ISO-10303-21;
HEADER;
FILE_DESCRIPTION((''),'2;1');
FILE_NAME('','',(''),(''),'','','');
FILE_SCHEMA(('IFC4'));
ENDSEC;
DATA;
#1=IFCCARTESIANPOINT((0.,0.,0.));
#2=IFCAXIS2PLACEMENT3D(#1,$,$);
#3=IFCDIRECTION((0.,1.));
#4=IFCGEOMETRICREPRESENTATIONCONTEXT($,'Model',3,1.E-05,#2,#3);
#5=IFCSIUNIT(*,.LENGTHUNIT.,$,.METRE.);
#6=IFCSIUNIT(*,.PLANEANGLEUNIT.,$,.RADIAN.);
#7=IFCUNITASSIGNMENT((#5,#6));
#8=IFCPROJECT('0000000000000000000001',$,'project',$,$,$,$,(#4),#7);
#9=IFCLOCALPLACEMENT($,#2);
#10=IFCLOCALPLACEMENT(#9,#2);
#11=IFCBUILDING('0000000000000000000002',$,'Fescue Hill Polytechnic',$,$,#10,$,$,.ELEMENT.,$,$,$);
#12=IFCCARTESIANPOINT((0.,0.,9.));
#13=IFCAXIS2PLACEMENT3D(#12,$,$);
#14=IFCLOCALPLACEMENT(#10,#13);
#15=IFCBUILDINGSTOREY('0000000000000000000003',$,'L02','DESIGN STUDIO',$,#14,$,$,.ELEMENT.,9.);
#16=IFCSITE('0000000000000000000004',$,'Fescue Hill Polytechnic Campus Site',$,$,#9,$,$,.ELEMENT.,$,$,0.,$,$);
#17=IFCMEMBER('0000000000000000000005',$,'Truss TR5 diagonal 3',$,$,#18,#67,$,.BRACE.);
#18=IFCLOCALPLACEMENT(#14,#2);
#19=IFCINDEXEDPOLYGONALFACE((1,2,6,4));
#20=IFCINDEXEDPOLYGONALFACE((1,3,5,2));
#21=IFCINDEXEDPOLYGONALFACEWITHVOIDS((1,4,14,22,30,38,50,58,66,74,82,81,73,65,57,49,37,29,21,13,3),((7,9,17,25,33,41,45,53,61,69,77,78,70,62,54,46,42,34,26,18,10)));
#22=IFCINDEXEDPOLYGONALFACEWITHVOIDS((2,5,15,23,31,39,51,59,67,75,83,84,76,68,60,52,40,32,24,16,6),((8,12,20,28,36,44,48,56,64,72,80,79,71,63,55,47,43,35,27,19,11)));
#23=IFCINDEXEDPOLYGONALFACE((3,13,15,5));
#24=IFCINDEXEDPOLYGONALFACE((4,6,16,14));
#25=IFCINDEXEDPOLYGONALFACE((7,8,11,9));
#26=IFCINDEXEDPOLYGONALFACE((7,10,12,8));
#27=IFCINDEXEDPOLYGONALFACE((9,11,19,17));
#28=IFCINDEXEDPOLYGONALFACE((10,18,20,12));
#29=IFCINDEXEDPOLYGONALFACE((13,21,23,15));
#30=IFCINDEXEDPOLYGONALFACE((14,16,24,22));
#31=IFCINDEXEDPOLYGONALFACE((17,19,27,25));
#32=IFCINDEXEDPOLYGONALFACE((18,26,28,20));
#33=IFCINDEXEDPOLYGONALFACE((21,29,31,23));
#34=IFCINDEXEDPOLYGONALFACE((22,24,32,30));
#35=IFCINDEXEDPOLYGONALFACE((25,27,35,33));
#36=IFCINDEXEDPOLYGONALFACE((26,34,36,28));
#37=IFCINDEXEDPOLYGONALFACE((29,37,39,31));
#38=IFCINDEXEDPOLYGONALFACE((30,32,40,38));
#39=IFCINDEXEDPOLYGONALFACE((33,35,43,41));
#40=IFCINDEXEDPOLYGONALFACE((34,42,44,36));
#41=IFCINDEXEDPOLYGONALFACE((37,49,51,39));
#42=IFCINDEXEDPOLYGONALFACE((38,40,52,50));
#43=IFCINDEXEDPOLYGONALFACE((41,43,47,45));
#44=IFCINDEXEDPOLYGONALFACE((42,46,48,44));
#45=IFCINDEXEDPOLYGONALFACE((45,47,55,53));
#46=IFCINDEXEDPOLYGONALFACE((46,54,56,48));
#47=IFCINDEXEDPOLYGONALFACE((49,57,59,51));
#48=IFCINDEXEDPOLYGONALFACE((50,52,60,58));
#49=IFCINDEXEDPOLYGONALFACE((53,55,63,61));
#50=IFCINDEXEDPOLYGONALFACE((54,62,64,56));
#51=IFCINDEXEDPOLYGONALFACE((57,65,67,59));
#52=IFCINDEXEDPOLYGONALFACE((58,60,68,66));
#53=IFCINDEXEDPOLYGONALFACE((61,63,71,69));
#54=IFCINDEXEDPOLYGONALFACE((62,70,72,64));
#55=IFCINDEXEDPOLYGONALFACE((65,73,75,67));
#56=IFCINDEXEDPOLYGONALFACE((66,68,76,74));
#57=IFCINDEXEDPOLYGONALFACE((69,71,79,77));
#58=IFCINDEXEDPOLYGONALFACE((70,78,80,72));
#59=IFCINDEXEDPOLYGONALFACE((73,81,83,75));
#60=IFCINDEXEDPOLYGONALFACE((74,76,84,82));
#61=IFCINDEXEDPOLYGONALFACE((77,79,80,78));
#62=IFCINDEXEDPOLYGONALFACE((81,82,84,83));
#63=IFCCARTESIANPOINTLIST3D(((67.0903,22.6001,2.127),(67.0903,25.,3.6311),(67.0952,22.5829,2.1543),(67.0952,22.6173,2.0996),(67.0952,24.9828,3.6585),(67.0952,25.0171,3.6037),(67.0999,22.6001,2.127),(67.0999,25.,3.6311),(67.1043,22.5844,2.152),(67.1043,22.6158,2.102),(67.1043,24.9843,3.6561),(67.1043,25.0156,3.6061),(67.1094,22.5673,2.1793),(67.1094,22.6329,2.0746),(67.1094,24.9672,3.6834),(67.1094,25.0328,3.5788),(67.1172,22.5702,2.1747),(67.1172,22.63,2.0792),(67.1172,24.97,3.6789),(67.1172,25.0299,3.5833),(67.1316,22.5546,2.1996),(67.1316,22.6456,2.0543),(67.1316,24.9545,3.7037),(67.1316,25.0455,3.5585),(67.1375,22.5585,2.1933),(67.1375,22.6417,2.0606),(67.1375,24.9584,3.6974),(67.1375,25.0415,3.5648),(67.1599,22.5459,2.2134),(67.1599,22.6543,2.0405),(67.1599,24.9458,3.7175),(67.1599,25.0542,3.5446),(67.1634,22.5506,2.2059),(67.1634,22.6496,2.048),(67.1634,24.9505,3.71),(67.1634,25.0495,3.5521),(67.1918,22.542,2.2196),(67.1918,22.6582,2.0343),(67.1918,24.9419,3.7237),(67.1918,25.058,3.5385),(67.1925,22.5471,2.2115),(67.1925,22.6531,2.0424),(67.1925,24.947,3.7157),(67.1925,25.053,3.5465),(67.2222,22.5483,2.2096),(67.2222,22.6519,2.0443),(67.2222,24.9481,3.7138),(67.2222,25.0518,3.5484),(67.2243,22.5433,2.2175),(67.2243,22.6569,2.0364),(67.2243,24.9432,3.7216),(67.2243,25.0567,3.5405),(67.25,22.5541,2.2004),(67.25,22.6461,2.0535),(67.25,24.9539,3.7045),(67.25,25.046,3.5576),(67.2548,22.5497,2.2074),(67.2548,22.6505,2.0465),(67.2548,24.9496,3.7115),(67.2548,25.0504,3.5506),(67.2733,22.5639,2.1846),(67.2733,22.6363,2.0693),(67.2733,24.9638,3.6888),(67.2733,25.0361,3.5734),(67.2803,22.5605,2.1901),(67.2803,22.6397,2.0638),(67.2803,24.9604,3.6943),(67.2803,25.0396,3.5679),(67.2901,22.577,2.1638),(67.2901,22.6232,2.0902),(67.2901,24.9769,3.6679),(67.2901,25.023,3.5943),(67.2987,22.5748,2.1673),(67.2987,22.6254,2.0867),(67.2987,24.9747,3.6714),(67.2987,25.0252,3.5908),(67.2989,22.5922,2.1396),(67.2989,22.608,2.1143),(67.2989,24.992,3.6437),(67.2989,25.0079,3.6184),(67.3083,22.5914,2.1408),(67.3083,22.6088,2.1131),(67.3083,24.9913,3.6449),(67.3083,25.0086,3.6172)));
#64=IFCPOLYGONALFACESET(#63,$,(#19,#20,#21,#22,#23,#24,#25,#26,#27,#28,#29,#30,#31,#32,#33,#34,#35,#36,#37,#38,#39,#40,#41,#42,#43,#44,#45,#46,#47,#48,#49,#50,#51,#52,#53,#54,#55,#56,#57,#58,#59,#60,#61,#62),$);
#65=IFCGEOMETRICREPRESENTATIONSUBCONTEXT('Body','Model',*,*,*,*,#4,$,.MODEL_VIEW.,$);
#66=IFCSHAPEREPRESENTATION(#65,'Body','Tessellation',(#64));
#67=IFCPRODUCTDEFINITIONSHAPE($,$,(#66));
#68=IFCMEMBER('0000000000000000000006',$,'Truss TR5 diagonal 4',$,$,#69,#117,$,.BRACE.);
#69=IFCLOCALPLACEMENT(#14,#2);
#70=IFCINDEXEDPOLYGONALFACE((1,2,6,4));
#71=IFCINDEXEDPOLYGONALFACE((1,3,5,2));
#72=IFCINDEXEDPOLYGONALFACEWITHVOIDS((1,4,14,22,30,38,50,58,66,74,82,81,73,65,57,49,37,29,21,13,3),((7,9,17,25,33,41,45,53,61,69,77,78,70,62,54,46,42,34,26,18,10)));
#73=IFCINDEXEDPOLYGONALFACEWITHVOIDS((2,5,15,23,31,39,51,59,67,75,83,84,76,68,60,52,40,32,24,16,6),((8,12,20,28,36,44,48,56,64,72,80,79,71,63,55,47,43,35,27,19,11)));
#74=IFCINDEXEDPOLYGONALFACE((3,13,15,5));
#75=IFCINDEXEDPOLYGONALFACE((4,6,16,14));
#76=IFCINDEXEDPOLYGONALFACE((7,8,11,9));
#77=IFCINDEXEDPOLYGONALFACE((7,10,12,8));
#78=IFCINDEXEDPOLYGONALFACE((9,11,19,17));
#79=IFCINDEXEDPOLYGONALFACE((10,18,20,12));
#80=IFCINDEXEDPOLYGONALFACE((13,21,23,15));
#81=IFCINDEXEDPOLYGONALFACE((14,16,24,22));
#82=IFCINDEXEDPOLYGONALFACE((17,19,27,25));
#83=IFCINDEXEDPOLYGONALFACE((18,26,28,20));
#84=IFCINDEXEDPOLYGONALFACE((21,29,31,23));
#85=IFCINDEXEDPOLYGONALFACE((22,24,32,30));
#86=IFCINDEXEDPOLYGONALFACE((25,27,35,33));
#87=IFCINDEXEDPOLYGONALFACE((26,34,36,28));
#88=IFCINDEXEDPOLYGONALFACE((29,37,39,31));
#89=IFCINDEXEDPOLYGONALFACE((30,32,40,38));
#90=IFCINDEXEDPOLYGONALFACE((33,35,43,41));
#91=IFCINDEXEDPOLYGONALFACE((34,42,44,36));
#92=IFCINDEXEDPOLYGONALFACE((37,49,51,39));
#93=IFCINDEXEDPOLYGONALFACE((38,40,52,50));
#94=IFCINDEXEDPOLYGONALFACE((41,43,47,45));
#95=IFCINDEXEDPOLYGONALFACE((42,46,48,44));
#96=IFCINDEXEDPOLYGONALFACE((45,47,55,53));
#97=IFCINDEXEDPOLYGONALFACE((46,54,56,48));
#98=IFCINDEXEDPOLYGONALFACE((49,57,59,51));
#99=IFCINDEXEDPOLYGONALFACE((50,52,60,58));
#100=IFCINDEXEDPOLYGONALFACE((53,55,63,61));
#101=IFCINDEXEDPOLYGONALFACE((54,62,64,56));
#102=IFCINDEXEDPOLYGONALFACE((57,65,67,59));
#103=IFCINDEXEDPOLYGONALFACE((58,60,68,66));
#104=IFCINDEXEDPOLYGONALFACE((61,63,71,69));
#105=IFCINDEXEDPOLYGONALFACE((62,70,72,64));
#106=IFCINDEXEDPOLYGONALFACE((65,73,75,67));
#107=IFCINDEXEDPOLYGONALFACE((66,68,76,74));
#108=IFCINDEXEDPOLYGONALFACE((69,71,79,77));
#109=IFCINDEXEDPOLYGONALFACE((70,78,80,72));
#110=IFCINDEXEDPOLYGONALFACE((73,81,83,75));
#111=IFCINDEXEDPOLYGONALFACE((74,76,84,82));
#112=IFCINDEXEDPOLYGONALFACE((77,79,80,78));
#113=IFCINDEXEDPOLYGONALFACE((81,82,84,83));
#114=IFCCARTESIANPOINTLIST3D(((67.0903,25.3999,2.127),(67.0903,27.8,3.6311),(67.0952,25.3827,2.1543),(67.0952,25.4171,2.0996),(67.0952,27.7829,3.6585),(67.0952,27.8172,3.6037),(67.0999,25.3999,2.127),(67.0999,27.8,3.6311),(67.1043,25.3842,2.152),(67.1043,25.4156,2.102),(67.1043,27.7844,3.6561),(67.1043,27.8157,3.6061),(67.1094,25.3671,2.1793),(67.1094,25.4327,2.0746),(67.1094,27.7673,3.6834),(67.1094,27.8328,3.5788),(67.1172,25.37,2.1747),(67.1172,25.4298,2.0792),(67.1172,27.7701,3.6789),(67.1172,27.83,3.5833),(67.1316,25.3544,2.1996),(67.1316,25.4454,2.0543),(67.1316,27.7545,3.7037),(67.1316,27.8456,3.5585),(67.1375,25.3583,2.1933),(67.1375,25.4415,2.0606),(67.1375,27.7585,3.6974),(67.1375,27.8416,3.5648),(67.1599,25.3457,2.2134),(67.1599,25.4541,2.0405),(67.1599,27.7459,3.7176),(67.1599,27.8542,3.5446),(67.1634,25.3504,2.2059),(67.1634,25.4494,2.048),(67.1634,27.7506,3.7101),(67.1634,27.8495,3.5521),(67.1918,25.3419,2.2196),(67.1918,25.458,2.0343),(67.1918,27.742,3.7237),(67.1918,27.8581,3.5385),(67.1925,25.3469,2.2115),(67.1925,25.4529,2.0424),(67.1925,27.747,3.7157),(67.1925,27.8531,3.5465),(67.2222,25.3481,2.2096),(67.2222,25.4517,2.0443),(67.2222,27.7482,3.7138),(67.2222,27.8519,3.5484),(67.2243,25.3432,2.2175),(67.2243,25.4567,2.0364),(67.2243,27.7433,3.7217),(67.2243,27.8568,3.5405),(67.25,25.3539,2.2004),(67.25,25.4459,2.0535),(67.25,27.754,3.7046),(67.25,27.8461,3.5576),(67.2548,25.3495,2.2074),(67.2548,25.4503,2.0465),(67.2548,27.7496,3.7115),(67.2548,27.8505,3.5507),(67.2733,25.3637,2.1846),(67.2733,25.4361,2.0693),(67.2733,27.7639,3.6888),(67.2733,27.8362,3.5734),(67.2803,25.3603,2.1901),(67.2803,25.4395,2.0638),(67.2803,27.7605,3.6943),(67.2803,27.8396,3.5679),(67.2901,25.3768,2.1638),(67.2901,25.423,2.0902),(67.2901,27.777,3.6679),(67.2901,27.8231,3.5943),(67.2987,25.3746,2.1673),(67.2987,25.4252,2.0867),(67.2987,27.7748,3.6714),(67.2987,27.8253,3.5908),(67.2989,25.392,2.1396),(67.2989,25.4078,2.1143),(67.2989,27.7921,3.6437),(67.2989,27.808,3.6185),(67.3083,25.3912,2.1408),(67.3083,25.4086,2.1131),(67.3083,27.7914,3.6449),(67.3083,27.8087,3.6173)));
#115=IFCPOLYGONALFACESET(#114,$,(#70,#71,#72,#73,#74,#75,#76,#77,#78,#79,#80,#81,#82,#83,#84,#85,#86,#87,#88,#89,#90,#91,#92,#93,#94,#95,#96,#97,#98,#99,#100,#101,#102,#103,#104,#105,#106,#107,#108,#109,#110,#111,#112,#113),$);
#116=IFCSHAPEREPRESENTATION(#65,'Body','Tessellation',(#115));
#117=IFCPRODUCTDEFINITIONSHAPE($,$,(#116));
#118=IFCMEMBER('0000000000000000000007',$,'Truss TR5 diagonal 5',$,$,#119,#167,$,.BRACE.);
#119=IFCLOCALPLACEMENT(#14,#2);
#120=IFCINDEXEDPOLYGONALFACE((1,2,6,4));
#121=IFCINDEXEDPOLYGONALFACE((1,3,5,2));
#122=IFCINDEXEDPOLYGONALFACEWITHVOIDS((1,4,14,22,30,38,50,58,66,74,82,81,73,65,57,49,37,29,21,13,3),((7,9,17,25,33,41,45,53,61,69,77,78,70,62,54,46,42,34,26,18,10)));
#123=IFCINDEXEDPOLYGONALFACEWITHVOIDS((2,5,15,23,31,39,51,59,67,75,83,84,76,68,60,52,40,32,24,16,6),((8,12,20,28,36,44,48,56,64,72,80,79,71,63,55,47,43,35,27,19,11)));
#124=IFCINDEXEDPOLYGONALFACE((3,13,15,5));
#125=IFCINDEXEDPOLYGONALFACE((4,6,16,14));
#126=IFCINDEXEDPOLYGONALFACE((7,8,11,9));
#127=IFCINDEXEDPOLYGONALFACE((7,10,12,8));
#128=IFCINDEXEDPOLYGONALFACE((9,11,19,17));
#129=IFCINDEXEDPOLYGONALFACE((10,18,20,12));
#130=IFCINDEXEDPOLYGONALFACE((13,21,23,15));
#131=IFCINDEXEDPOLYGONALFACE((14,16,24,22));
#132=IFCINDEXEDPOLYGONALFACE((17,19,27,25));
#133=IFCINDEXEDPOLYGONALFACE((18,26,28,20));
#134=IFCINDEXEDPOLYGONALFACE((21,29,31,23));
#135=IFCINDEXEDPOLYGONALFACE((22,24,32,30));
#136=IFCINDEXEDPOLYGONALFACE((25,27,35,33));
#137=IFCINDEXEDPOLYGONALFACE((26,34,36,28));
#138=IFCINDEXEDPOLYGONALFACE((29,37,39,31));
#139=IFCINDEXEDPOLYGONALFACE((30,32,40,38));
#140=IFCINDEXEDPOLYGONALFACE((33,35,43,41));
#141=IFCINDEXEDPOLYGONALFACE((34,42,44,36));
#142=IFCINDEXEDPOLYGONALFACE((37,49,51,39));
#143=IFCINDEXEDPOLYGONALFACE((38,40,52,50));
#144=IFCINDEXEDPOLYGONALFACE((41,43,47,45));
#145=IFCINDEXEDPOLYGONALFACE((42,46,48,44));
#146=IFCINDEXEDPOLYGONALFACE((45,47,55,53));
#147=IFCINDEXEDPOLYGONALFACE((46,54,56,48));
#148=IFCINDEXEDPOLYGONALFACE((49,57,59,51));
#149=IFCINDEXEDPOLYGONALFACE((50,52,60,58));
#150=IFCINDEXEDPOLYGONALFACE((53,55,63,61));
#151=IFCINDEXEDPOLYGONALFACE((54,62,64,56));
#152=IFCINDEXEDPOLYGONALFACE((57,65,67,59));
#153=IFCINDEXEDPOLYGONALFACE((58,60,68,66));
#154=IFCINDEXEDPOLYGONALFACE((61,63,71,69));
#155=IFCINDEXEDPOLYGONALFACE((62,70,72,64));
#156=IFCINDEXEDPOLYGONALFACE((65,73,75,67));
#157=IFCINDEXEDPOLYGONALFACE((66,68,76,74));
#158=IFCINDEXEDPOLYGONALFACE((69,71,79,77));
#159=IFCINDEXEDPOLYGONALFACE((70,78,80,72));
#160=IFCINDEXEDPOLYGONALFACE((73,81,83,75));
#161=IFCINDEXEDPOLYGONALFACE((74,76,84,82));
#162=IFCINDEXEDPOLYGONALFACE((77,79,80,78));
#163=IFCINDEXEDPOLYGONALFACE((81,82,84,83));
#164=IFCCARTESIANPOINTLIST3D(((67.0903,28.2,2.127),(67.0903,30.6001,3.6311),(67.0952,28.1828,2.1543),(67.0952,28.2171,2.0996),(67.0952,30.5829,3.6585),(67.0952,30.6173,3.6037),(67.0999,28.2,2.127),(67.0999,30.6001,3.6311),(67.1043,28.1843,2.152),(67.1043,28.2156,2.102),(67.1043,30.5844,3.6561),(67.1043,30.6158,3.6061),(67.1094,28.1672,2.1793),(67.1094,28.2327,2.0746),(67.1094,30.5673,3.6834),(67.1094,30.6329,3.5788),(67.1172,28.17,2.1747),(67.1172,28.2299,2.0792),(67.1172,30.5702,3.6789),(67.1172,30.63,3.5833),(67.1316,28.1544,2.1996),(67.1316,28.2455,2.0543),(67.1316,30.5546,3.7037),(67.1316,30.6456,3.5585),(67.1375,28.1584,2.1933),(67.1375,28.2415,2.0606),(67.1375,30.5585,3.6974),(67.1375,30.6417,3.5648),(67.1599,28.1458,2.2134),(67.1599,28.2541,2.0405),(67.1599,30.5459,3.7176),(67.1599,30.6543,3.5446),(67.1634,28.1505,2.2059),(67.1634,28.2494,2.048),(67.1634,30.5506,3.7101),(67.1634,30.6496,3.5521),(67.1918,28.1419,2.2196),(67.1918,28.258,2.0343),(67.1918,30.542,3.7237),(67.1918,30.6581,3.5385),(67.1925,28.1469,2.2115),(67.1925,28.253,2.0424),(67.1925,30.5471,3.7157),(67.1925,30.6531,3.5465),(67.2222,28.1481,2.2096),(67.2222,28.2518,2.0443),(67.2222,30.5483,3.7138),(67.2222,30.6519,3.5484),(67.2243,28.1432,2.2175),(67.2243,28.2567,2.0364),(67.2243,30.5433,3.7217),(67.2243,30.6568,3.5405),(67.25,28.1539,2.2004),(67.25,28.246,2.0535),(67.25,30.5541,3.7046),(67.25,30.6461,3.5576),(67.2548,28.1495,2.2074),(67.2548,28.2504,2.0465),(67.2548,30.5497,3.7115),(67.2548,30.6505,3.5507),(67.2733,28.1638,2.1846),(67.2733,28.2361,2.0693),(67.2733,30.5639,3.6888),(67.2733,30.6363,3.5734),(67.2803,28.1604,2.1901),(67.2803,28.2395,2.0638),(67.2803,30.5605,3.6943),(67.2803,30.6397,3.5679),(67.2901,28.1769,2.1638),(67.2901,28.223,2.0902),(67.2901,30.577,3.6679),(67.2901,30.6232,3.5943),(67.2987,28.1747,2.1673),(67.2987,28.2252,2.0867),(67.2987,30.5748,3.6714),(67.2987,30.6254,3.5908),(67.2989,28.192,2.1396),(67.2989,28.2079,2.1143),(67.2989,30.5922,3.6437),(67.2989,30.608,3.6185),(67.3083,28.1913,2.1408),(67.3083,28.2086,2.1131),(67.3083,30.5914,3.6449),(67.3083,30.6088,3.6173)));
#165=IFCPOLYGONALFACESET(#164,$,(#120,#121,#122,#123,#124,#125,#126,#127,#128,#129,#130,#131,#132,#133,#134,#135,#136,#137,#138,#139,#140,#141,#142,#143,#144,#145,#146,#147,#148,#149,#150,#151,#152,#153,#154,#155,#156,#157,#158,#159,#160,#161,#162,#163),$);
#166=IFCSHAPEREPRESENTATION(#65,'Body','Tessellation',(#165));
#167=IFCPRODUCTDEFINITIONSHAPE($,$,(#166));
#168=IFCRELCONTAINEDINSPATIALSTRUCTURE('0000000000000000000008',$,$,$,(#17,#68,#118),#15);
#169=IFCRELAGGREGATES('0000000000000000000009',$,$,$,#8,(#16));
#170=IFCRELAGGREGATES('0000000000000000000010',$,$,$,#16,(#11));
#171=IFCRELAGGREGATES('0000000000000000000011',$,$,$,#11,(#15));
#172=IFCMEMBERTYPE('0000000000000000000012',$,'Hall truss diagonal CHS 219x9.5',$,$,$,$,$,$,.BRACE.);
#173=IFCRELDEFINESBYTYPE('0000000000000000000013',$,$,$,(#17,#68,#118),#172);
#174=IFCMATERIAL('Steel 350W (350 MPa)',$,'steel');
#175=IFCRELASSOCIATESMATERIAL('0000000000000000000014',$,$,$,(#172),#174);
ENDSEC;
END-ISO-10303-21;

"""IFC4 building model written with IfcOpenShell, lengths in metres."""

from ifc_helpers import new_model, si_unit, direction, frame, origin, origin_2d, place, context, subcontext, project, spatial, hollow_circle, extrude, material, material_profile, profile_set, type_object, element, save


model = new_model("IFC4")

# Units and contexts
model_context = context("Model", 3, precision=1e-05, world=origin(), true_north=direction((0.0, 1.0)))
body_context = subcontext(model_context, "Body", "Model", "MODEL_VIEW")
ifc_project = project(units=[si_unit("LENGTHUNIT", "METRE"), si_unit("PLANEANGLEUNIT", "RADIAN")], contexts=[model_context])

# Site, building, storey
site_placement = place(None, origin())
site = spatial("IfcSite", under=ifc_project, at=site_placement, Name="Fescue Hill Polytechnic Campus Site", CompositionType="ELEMENT", RefElevation=0.0)
building_placement = place(site_placement, origin())
building = spatial("IfcBuilding", under=site, at=building_placement, Name="Fescue Hill Polytechnic", CompositionType="ELEMENT")
storey_placement = place(building_placement, frame((0.0, 0.0, 9.0)))
storey = spatial("IfcBuildingStorey", under=building, at=storey_placement, Name="L02", Description="DESIGN STUDIO", CompositionType="ELEMENT", Elevation=9.0)

# Members
ifc_material = material(Name="Steel 350W (350 MPa)", Category="steel")
ifc_material_profile_1 = material_profile(ifc_material, hollow_circle(Radius=0.1096, WallThickness=0.0095, at=origin_2d()), Name="Hall truss diagonal CHS 219x9.5")
ifc_profile_set_1 = profile_set([ifc_material_profile_1], Name="Steel 350W (350 MPa)")
member_type_1 = type_object("IfcMemberType", Name="Hall truss diagonal CHS 219x9.5", PredefinedType="BRACE", material=ifc_profile_set_1)
member_1_placement = place(storey_placement, frame((67.2, 22.6001, 2.127), z_axis=(0.0, 0.847329, 0.531068), x_axis=(-1.0, 0.0, 0.0)))
element("IfcMember", 1, at=member_1_placement, inside=storey, type_object=member_type_1, Name="Truss TR5 diagonal 3", PredefinedType="BRACE", context=body_context, shape_type="SweptSolid", body=[
    extrude(hollow_circle(Radius=0.1096, WallThickness=0.0095, at=origin_2d()), origin(), (0.0, 0.0, 1.0), 2.8323),
])
for number, where, z_axis, x_axis, name in (
    (2, (67.2, 25.3999, 2.127), (0.0, 0.847354, 0.531029), (-1.0, 0.0, 0.0), "Truss TR5 diagonal 4"),
    (3, (67.2, 28.2, 2.127), (0.0, 0.847354, 0.531029), (-1.0, 0.0, 0.0), "Truss TR5 diagonal 5"),
):
    element("IfcMember", number, at=place(storey_placement, frame(where, z_axis=z_axis, x_axis=x_axis)), inside=storey, type_object=member_type_1, Name=name, PredefinedType="BRACE", context=body_context, shape_type="SweptSolid", body=[
        extrude(hollow_circle(Radius=0.1096, WallThickness=0.0095, at=origin_2d()), origin(), (0.0, 0.0, 1.0), 2.8325),
    ])

save(model, "model.ifc")
